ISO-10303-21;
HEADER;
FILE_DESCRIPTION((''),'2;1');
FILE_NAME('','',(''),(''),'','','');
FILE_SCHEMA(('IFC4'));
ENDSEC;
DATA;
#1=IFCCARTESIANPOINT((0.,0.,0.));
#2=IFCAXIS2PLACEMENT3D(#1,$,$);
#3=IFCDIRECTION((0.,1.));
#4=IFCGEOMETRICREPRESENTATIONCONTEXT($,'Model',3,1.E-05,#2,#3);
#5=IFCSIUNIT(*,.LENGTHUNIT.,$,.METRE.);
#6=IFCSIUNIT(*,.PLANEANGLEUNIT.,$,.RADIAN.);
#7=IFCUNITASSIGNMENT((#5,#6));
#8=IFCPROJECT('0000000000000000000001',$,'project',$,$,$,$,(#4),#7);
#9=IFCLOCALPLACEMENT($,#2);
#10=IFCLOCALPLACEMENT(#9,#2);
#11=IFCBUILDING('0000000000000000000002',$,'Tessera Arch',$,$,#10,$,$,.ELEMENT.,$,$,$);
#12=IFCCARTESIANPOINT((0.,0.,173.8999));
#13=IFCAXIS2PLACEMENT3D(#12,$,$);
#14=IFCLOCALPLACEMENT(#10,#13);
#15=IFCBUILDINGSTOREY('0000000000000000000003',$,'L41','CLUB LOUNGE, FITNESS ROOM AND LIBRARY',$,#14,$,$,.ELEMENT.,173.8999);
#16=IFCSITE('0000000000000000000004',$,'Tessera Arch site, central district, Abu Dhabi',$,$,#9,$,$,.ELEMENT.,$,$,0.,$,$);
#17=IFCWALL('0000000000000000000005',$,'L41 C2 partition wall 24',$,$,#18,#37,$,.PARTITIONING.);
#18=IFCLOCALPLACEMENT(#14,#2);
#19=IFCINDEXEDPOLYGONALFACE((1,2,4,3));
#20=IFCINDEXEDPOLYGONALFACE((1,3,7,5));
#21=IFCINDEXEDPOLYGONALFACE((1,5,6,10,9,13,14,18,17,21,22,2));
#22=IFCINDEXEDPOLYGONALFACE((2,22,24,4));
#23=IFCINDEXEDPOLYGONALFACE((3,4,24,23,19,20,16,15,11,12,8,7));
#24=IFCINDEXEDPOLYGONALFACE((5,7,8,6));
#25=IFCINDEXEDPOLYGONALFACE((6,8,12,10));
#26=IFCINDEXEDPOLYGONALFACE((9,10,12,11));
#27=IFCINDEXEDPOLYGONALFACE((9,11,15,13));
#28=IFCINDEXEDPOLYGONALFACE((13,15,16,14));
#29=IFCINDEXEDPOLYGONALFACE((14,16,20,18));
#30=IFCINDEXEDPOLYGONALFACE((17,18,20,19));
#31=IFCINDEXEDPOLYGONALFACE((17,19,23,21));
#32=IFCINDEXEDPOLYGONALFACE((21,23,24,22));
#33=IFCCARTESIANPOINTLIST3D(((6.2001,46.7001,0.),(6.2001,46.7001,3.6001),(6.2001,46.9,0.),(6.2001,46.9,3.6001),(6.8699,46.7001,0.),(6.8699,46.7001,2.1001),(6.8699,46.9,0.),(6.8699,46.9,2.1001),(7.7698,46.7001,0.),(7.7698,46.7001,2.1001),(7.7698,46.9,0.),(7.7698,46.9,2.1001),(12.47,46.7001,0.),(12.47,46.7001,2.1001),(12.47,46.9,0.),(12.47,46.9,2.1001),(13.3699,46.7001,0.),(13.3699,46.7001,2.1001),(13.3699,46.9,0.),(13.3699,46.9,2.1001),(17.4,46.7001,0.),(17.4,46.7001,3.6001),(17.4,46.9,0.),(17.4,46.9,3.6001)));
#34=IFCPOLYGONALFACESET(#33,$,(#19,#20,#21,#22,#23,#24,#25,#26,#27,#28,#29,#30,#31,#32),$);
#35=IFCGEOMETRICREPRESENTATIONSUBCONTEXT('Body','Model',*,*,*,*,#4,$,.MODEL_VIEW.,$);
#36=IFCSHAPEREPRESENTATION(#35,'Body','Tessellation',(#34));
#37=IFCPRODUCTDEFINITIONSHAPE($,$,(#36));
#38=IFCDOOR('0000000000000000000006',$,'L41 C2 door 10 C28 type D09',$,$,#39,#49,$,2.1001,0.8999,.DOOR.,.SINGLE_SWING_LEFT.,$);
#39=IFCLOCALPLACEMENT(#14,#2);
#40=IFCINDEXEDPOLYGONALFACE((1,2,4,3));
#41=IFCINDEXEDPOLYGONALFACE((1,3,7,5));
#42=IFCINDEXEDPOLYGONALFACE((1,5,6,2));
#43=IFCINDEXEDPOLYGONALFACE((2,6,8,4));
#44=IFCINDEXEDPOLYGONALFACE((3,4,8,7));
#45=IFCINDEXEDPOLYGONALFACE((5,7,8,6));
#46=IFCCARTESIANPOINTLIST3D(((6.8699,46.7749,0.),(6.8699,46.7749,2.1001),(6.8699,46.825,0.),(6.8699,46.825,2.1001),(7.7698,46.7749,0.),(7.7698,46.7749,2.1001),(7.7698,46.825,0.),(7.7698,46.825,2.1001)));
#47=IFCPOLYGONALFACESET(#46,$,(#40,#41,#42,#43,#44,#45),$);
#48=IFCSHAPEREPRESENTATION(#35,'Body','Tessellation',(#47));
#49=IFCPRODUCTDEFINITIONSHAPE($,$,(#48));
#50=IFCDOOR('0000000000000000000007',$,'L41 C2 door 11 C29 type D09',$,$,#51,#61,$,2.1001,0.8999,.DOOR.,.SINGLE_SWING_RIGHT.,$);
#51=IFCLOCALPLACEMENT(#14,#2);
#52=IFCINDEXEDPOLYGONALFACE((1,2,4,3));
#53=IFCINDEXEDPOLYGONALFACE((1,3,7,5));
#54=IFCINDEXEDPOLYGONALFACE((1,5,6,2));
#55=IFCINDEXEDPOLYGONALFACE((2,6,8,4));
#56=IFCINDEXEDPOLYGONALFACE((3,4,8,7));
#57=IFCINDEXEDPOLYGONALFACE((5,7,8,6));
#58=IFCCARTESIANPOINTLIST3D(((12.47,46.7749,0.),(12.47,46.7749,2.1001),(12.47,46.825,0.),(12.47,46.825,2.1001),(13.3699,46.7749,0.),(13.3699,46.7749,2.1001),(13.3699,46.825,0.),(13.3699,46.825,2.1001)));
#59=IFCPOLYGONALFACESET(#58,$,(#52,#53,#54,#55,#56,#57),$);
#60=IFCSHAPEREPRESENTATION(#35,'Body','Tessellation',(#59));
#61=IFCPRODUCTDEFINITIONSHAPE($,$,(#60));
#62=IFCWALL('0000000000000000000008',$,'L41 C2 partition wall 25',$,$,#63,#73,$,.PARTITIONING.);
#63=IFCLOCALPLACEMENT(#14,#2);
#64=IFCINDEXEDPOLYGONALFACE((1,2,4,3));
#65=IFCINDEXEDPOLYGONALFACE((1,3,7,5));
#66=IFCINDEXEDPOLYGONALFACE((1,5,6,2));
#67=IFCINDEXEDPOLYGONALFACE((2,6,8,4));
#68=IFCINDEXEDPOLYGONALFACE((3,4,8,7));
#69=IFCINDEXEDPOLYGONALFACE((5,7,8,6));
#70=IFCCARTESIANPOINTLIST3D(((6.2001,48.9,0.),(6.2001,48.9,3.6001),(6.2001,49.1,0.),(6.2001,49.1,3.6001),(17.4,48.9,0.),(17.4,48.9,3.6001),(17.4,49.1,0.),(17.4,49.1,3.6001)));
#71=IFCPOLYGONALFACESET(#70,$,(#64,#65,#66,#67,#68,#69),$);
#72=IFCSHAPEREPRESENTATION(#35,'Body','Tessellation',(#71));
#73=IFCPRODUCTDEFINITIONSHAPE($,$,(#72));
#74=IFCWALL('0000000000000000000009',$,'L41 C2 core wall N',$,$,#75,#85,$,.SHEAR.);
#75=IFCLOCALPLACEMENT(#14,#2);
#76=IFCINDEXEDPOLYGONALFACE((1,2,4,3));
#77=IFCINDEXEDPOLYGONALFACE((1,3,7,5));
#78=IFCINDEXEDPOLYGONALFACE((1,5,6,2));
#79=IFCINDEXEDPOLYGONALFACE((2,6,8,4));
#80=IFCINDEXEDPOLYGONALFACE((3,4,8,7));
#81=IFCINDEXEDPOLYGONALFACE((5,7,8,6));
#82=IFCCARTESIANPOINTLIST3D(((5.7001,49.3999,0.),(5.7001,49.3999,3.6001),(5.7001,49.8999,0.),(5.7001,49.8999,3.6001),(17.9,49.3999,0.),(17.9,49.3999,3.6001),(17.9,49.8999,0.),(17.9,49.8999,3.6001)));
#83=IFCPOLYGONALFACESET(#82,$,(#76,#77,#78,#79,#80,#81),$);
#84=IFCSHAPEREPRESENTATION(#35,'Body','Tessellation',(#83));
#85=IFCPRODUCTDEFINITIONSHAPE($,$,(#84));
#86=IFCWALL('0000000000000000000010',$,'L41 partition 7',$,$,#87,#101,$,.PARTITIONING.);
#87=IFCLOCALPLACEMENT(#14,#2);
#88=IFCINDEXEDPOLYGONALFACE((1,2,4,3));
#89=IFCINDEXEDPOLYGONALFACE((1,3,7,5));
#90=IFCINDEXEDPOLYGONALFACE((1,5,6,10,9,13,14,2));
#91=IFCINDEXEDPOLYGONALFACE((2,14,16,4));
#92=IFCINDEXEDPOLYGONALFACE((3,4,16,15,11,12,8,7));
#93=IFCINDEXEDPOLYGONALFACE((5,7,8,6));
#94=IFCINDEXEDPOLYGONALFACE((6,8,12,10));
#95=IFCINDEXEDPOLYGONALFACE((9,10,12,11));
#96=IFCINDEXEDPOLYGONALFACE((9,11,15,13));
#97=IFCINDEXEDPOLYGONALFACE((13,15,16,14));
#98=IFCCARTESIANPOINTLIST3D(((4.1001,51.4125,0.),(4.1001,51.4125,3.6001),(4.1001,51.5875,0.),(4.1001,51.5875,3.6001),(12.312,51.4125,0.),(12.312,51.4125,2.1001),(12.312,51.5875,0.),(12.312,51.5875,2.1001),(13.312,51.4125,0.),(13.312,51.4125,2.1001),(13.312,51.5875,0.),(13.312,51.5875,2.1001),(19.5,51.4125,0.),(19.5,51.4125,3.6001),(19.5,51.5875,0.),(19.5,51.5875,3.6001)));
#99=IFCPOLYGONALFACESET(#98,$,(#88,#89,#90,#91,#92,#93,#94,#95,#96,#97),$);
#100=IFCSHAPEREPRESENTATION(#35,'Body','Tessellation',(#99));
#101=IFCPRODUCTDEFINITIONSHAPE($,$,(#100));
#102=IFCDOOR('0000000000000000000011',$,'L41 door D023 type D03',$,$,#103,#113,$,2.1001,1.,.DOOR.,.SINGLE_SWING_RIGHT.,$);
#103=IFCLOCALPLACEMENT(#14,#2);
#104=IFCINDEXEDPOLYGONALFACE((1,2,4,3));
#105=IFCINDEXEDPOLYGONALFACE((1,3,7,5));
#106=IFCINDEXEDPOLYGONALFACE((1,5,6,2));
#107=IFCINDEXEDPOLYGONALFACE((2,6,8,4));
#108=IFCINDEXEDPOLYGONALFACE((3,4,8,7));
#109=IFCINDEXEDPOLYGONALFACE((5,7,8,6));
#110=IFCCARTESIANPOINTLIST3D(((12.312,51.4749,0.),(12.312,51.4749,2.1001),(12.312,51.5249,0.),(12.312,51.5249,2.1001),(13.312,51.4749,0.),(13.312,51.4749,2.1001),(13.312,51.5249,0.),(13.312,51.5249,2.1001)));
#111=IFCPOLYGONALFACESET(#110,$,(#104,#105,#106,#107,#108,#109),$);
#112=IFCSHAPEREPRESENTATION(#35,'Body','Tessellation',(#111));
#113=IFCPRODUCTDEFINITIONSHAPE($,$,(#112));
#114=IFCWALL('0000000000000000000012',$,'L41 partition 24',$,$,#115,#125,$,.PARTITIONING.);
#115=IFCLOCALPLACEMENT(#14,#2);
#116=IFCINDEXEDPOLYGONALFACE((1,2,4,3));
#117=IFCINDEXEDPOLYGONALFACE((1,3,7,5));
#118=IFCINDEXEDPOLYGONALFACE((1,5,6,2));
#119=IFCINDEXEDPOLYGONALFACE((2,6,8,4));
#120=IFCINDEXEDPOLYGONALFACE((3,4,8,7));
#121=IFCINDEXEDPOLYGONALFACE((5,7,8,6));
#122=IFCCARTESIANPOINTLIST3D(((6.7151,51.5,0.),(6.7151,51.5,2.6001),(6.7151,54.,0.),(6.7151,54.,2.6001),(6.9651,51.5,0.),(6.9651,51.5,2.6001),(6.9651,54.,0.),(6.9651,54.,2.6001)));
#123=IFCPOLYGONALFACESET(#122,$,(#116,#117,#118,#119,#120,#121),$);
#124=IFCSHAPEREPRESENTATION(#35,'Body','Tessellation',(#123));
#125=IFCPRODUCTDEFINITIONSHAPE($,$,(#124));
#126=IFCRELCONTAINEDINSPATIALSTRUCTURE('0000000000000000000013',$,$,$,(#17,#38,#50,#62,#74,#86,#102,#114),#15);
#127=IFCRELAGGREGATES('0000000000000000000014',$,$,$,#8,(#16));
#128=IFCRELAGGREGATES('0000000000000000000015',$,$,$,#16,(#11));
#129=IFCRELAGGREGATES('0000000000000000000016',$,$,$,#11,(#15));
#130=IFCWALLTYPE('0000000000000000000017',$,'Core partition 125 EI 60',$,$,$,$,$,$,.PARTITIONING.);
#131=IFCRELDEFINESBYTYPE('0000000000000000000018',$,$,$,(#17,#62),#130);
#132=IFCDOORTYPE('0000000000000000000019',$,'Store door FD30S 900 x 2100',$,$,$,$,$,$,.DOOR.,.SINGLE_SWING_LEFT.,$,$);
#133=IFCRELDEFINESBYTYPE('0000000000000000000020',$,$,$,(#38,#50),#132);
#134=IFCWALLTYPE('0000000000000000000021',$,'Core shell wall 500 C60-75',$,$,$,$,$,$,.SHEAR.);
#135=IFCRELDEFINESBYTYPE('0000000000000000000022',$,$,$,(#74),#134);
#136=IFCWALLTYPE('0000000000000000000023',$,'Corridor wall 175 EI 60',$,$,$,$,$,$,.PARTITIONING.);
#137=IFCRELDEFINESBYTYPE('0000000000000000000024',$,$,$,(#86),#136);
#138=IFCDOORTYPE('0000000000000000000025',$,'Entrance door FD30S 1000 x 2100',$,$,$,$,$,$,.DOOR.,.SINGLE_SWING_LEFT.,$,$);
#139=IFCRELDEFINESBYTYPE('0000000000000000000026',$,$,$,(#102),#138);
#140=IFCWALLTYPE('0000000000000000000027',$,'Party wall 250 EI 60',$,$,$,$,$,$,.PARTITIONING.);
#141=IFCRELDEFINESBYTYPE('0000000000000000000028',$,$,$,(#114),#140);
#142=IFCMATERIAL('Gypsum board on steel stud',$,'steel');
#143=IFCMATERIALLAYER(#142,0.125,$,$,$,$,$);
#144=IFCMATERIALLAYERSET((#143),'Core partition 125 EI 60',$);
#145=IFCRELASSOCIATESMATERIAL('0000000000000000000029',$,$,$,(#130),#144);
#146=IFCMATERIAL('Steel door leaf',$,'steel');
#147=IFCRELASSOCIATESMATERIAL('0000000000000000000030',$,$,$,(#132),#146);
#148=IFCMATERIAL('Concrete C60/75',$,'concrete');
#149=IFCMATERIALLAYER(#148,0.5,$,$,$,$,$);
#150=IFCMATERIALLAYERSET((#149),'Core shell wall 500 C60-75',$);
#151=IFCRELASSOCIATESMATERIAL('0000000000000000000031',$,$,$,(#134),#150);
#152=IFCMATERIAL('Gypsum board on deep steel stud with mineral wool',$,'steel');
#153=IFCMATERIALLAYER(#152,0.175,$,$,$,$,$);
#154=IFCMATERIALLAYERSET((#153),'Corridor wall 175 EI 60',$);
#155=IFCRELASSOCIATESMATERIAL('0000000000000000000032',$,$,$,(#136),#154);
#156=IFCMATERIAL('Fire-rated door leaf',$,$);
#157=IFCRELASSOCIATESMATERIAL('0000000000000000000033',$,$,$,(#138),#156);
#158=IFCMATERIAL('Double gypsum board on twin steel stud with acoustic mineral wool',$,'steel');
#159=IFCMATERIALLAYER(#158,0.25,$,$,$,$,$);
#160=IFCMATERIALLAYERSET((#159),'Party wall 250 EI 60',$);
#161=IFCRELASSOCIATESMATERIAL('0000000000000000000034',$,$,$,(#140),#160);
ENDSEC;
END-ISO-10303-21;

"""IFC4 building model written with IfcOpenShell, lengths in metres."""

from ifc_helpers import new_model, si_unit, direction, frame, frame_2d, origin, place, context, subcontext, project, spatial, rectangle, extrude, material, layer, layer_set, type_object, element, fill, save


model = new_model("IFC4")

# Units and contexts
model_context = context("Model", 3, precision=1e-05, world=origin(), true_north=direction((0.0, 1.0)))
body_context = subcontext(model_context, "Body", "Model", "MODEL_VIEW")
ifc_project = project(units=[si_unit("LENGTHUNIT", "METRE"), si_unit("PLANEANGLEUNIT", "RADIAN")], contexts=[model_context])

# Site, building, storey
site_placement = place(None, origin())
site = spatial("IfcSite", under=ifc_project, at=site_placement, Name="Tessera Arch site, central district, Abu Dhabi", CompositionType="ELEMENT", RefElevation=0.0)
building_placement = place(site_placement, origin())
building = spatial("IfcBuilding", under=site, at=building_placement, Name="Tessera Arch", CompositionType="ELEMENT")
storey_placement = place(building_placement, frame((0.0, 0.0, 173.8999)))
storey = spatial("IfcBuildingStorey", under=building, at=storey_placement, Name="L41", Description="CLUB LOUNGE, FITNESS ROOM AND LIBRARY", CompositionType="ELEMENT", Elevation=173.8999)

# Shared definitions
ifc_material_1 = material(Name="Gypsum board on steel stud", Category="steel")
ifc_layer_1 = layer(ifc_material_1, 0.125)
ifc_layer_set_1 = layer_set([ifc_layer_1], Name="Core partition 125 EI 60")
wall_type_1 = type_object("IfcWallType", Name="Core partition 125 EI 60", PredefinedType="PARTITIONING", material=ifc_layer_set_1)

# Wall, openings, doors
wall_1_placement = place(storey_placement, frame((6.2, 46.8, 0.0), z_axis=(0.0, 0.0, 1.0), x_axis=(1.0, 0.0, 0.0)))
wall_1 = element("IfcWall", 1, at=wall_1_placement, inside=storey, type_object=wall_type_1, Name="L41 C2 partition wall 24", PredefinedType="PARTITIONING", context=body_context, shape_type="SweptSolid", body=[
    extrude(rectangle(XDim=11.2, YDim=0.2, at=frame_2d((5.6001, 0.0))), origin(), (0.0, 0.0, 1.0), 3.6001),
])
opening_1_placement = place(wall_1_placement, frame((0.6699, 0.0, 0.0)))
opening_1 = element("IfcOpeningElement", 2, at=opening_1_placement, cuts=wall_1, PredefinedType="OPENING", context=body_context, shape_type="SweptSolid", body=[
    extrude(rectangle(XDim=0.8999, YDim=2.1001, at=frame_2d((0.45, 1.05))), frame((0.0, 0.1099, 0.0), z_axis=(0.0, -1.0, 0.0), x_axis=(1.0, 0.0, 0.0)), (0.0, 0.0, 1.0), 0.22),
])
opening_2_placement = place(wall_1_placement, frame((6.27, 0.0, 0.0)))
opening_2 = element("IfcOpeningElement", 3, at=opening_2_placement, cuts=wall_1, PredefinedType="OPENING", context=body_context, shape_type="SweptSolid", body=[
    extrude(rectangle(XDim=0.8999, YDim=2.1001, at=frame_2d((0.45, 1.05))), frame((0.0, 0.1099, 0.0), z_axis=(0.0, -1.0, 0.0), x_axis=(1.0, 0.0, 0.0)), (0.0, 0.0, 1.0), 0.22),
])
ifc_material_2 = material(Name="Steel door leaf", Category="steel")
door_type_1 = type_object("IfcDoorType", Name="Store door FD30S 900 x 2100", OperationType="SINGLE_SWING_LEFT", PredefinedType="DOOR", material=ifc_material_2)
door_1_placement = place(opening_1_placement, origin())
door_1 = element("IfcDoor", 4, at=door_1_placement, inside=storey, type_object=door_type_1, Name="L41 C2 door 10 C28 type D09", OperationType="SINGLE_SWING_LEFT", OverallHeight=2.1001, OverallWidth=0.8999, PredefinedType="DOOR", context=body_context, shape_type="SweptSolid", body=[
    extrude(rectangle(XDim=0.8999, YDim=2.1001, at=frame_2d((0.45, 1.05))), frame((0.0, 0.0249, 0.0), z_axis=(0.0, -1.0, 0.0), x_axis=(1.0, 0.0, 0.0)), (0.0, 0.0, 1.0), 0.05),
])
fill(opening_1, door_1)
door_2_placement = place(opening_2_placement, origin())
door_2 = element("IfcDoor", 5, at=door_2_placement, inside=storey, type_object=door_type_1, Name="L41 C2 door 11 C29 type D09", OperationType="SINGLE_SWING_RIGHT", OverallHeight=2.1001, OverallWidth=0.8999, PredefinedType="DOOR", context=body_context, shape_type="SweptSolid", body=[
    extrude(rectangle(XDim=0.8999, YDim=2.1001, at=frame_2d((0.45, 1.05))), frame((0.0, 0.0249, 0.0), z_axis=(0.0, -1.0, 0.0), x_axis=(1.0, 0.0, 0.0)), (0.0, 0.0, 1.0), 0.05),
])
fill(opening_2, door_2)

# Walls
wall_2_placement = place(storey_placement, frame((6.2, 49.0, 0.0), z_axis=(0.0, 0.0, 1.0), x_axis=(1.0, 0.0, 0.0)))
element("IfcWall", 6, at=wall_2_placement, inside=storey, type_object=wall_type_1, Name="L41 C2 partition wall 25", PredefinedType="PARTITIONING", context=body_context, shape_type="SweptSolid", body=[
    extrude(rectangle(XDim=11.2, YDim=0.2, at=frame_2d((5.6001, 0.0))), origin(), (0.0, 0.0, 1.0), 3.6001),
])
ifc_material_3 = material(Name="Concrete C60/75", Category="concrete")
ifc_layer_2 = layer(ifc_material_3, 0.5)
ifc_layer_set_2 = layer_set([ifc_layer_2], Name="Core shell wall 500 C60-75")
wall_type_2 = type_object("IfcWallType", Name="Core shell wall 500 C60-75", PredefinedType="SHEAR", material=ifc_layer_set_2)
wall_3_placement = place(storey_placement, frame((5.7, 49.6499, 0.0), z_axis=(0.0, 0.0, 1.0), x_axis=(1.0, 0.0, 0.0)))
element("IfcWall", 7, at=wall_3_placement, inside=storey, type_object=wall_type_2, Name="L41 C2 core wall N", PredefinedType="SHEAR", context=body_context, shape_type="SweptSolid", body=[
    extrude(rectangle(XDim=12.2, YDim=0.5, at=frame_2d((6.1001, 0.0))), origin(), (0.0, 0.0, 1.0), 3.6001),
])

# Wall, opening, door
ifc_material_4 = material(Name="Gypsum board on deep steel stud with mineral wool", Category="steel")
ifc_layer_3 = layer(ifc_material_4, 0.175)
ifc_layer_set_3 = layer_set([ifc_layer_3], Name="Corridor wall 175 EI 60")
wall_type_3 = type_object("IfcWallType", Name="Corridor wall 175 EI 60", PredefinedType="PARTITIONING", material=ifc_layer_set_3)
wall_4_placement = place(storey_placement, frame((4.1001, 51.5, 0.0), z_axis=(0.0, 0.0, 1.0), x_axis=(1.0, 0.0, 0.0)))
wall_4 = element("IfcWall", 8, at=wall_4_placement, inside=storey, type_object=wall_type_3, Name="L41 partition 7", PredefinedType="PARTITIONING", context=body_context, shape_type="SweptSolid", body=[
    extrude(rectangle(XDim=15.3999, YDim=0.175, at=frame_2d((7.7, 0.0))), origin(), (0.0, 0.0, 1.0), 3.6001),
])
opening_3_placement = place(wall_4_placement, frame((8.2119, 0.0, 0.0)))
opening_3 = element("IfcOpeningElement", 9, at=opening_3_placement, cuts=wall_4, PredefinedType="OPENING", context=body_context, shape_type="SweptSolid", body=[
    extrude(rectangle(XDim=1.0, YDim=2.1001, at=frame_2d((0.5, 1.05))), frame((0.0, 0.0974, 0.0), z_axis=(0.0, -1.0, 0.0), x_axis=(1.0, 0.0, 0.0)), (0.0, 0.0, 1.0), 0.1951),
])
ifc_material_5 = material(Name="Fire-rated door leaf")
door_type_2 = type_object("IfcDoorType", Name="Entrance door FD30S 1000 x 2100", OperationType="SINGLE_SWING_LEFT", PredefinedType="DOOR", material=ifc_material_5)
door_3_placement = place(opening_3_placement, origin())
door_3 = element("IfcDoor", 10, at=door_3_placement, inside=storey, type_object=door_type_2, Name="L41 door D023 type D03", OperationType="SINGLE_SWING_RIGHT", OverallHeight=2.1001, OverallWidth=1.0, PredefinedType="DOOR", context=body_context, shape_type="SweptSolid", body=[
    extrude(rectangle(XDim=1.0, YDim=2.1001, at=frame_2d((0.5, 1.05))), frame((0.0, 0.0249, 0.0), z_axis=(0.0, -1.0, 0.0), x_axis=(1.0, 0.0, 0.0)), (0.0, 0.0, 1.0), 0.05),
])
fill(opening_3, door_3)

# Wall
ifc_material_6 = material(Name="Double gypsum board on twin steel stud with acoustic mineral wool", Category="steel")
ifc_layer_4 = layer(ifc_material_6, 0.25)
ifc_layer_set_4 = layer_set([ifc_layer_4], Name="Party wall 250 EI 60")
wall_type_4 = type_object("IfcWallType", Name="Party wall 250 EI 60", PredefinedType="PARTITIONING", material=ifc_layer_set_4)
wall_5_placement = place(storey_placement, frame((6.8401, 51.5, 0.0), z_axis=(0.0, 0.0, 1.0), x_axis=(0.0, 1.0, 0.0)))
element("IfcWall", 11, at=wall_5_placement, inside=storey, type_object=wall_type_4, Name="L41 partition 24", PredefinedType="PARTITIONING", context=body_context, shape_type="SweptSolid", body=[
    extrude(rectangle(XDim=2.5, YDim=0.25, at=frame_2d((1.25, 0.0))), origin(), (0.0, 0.0, 1.0), 2.6001),
])

save(model, "model.ifc")
